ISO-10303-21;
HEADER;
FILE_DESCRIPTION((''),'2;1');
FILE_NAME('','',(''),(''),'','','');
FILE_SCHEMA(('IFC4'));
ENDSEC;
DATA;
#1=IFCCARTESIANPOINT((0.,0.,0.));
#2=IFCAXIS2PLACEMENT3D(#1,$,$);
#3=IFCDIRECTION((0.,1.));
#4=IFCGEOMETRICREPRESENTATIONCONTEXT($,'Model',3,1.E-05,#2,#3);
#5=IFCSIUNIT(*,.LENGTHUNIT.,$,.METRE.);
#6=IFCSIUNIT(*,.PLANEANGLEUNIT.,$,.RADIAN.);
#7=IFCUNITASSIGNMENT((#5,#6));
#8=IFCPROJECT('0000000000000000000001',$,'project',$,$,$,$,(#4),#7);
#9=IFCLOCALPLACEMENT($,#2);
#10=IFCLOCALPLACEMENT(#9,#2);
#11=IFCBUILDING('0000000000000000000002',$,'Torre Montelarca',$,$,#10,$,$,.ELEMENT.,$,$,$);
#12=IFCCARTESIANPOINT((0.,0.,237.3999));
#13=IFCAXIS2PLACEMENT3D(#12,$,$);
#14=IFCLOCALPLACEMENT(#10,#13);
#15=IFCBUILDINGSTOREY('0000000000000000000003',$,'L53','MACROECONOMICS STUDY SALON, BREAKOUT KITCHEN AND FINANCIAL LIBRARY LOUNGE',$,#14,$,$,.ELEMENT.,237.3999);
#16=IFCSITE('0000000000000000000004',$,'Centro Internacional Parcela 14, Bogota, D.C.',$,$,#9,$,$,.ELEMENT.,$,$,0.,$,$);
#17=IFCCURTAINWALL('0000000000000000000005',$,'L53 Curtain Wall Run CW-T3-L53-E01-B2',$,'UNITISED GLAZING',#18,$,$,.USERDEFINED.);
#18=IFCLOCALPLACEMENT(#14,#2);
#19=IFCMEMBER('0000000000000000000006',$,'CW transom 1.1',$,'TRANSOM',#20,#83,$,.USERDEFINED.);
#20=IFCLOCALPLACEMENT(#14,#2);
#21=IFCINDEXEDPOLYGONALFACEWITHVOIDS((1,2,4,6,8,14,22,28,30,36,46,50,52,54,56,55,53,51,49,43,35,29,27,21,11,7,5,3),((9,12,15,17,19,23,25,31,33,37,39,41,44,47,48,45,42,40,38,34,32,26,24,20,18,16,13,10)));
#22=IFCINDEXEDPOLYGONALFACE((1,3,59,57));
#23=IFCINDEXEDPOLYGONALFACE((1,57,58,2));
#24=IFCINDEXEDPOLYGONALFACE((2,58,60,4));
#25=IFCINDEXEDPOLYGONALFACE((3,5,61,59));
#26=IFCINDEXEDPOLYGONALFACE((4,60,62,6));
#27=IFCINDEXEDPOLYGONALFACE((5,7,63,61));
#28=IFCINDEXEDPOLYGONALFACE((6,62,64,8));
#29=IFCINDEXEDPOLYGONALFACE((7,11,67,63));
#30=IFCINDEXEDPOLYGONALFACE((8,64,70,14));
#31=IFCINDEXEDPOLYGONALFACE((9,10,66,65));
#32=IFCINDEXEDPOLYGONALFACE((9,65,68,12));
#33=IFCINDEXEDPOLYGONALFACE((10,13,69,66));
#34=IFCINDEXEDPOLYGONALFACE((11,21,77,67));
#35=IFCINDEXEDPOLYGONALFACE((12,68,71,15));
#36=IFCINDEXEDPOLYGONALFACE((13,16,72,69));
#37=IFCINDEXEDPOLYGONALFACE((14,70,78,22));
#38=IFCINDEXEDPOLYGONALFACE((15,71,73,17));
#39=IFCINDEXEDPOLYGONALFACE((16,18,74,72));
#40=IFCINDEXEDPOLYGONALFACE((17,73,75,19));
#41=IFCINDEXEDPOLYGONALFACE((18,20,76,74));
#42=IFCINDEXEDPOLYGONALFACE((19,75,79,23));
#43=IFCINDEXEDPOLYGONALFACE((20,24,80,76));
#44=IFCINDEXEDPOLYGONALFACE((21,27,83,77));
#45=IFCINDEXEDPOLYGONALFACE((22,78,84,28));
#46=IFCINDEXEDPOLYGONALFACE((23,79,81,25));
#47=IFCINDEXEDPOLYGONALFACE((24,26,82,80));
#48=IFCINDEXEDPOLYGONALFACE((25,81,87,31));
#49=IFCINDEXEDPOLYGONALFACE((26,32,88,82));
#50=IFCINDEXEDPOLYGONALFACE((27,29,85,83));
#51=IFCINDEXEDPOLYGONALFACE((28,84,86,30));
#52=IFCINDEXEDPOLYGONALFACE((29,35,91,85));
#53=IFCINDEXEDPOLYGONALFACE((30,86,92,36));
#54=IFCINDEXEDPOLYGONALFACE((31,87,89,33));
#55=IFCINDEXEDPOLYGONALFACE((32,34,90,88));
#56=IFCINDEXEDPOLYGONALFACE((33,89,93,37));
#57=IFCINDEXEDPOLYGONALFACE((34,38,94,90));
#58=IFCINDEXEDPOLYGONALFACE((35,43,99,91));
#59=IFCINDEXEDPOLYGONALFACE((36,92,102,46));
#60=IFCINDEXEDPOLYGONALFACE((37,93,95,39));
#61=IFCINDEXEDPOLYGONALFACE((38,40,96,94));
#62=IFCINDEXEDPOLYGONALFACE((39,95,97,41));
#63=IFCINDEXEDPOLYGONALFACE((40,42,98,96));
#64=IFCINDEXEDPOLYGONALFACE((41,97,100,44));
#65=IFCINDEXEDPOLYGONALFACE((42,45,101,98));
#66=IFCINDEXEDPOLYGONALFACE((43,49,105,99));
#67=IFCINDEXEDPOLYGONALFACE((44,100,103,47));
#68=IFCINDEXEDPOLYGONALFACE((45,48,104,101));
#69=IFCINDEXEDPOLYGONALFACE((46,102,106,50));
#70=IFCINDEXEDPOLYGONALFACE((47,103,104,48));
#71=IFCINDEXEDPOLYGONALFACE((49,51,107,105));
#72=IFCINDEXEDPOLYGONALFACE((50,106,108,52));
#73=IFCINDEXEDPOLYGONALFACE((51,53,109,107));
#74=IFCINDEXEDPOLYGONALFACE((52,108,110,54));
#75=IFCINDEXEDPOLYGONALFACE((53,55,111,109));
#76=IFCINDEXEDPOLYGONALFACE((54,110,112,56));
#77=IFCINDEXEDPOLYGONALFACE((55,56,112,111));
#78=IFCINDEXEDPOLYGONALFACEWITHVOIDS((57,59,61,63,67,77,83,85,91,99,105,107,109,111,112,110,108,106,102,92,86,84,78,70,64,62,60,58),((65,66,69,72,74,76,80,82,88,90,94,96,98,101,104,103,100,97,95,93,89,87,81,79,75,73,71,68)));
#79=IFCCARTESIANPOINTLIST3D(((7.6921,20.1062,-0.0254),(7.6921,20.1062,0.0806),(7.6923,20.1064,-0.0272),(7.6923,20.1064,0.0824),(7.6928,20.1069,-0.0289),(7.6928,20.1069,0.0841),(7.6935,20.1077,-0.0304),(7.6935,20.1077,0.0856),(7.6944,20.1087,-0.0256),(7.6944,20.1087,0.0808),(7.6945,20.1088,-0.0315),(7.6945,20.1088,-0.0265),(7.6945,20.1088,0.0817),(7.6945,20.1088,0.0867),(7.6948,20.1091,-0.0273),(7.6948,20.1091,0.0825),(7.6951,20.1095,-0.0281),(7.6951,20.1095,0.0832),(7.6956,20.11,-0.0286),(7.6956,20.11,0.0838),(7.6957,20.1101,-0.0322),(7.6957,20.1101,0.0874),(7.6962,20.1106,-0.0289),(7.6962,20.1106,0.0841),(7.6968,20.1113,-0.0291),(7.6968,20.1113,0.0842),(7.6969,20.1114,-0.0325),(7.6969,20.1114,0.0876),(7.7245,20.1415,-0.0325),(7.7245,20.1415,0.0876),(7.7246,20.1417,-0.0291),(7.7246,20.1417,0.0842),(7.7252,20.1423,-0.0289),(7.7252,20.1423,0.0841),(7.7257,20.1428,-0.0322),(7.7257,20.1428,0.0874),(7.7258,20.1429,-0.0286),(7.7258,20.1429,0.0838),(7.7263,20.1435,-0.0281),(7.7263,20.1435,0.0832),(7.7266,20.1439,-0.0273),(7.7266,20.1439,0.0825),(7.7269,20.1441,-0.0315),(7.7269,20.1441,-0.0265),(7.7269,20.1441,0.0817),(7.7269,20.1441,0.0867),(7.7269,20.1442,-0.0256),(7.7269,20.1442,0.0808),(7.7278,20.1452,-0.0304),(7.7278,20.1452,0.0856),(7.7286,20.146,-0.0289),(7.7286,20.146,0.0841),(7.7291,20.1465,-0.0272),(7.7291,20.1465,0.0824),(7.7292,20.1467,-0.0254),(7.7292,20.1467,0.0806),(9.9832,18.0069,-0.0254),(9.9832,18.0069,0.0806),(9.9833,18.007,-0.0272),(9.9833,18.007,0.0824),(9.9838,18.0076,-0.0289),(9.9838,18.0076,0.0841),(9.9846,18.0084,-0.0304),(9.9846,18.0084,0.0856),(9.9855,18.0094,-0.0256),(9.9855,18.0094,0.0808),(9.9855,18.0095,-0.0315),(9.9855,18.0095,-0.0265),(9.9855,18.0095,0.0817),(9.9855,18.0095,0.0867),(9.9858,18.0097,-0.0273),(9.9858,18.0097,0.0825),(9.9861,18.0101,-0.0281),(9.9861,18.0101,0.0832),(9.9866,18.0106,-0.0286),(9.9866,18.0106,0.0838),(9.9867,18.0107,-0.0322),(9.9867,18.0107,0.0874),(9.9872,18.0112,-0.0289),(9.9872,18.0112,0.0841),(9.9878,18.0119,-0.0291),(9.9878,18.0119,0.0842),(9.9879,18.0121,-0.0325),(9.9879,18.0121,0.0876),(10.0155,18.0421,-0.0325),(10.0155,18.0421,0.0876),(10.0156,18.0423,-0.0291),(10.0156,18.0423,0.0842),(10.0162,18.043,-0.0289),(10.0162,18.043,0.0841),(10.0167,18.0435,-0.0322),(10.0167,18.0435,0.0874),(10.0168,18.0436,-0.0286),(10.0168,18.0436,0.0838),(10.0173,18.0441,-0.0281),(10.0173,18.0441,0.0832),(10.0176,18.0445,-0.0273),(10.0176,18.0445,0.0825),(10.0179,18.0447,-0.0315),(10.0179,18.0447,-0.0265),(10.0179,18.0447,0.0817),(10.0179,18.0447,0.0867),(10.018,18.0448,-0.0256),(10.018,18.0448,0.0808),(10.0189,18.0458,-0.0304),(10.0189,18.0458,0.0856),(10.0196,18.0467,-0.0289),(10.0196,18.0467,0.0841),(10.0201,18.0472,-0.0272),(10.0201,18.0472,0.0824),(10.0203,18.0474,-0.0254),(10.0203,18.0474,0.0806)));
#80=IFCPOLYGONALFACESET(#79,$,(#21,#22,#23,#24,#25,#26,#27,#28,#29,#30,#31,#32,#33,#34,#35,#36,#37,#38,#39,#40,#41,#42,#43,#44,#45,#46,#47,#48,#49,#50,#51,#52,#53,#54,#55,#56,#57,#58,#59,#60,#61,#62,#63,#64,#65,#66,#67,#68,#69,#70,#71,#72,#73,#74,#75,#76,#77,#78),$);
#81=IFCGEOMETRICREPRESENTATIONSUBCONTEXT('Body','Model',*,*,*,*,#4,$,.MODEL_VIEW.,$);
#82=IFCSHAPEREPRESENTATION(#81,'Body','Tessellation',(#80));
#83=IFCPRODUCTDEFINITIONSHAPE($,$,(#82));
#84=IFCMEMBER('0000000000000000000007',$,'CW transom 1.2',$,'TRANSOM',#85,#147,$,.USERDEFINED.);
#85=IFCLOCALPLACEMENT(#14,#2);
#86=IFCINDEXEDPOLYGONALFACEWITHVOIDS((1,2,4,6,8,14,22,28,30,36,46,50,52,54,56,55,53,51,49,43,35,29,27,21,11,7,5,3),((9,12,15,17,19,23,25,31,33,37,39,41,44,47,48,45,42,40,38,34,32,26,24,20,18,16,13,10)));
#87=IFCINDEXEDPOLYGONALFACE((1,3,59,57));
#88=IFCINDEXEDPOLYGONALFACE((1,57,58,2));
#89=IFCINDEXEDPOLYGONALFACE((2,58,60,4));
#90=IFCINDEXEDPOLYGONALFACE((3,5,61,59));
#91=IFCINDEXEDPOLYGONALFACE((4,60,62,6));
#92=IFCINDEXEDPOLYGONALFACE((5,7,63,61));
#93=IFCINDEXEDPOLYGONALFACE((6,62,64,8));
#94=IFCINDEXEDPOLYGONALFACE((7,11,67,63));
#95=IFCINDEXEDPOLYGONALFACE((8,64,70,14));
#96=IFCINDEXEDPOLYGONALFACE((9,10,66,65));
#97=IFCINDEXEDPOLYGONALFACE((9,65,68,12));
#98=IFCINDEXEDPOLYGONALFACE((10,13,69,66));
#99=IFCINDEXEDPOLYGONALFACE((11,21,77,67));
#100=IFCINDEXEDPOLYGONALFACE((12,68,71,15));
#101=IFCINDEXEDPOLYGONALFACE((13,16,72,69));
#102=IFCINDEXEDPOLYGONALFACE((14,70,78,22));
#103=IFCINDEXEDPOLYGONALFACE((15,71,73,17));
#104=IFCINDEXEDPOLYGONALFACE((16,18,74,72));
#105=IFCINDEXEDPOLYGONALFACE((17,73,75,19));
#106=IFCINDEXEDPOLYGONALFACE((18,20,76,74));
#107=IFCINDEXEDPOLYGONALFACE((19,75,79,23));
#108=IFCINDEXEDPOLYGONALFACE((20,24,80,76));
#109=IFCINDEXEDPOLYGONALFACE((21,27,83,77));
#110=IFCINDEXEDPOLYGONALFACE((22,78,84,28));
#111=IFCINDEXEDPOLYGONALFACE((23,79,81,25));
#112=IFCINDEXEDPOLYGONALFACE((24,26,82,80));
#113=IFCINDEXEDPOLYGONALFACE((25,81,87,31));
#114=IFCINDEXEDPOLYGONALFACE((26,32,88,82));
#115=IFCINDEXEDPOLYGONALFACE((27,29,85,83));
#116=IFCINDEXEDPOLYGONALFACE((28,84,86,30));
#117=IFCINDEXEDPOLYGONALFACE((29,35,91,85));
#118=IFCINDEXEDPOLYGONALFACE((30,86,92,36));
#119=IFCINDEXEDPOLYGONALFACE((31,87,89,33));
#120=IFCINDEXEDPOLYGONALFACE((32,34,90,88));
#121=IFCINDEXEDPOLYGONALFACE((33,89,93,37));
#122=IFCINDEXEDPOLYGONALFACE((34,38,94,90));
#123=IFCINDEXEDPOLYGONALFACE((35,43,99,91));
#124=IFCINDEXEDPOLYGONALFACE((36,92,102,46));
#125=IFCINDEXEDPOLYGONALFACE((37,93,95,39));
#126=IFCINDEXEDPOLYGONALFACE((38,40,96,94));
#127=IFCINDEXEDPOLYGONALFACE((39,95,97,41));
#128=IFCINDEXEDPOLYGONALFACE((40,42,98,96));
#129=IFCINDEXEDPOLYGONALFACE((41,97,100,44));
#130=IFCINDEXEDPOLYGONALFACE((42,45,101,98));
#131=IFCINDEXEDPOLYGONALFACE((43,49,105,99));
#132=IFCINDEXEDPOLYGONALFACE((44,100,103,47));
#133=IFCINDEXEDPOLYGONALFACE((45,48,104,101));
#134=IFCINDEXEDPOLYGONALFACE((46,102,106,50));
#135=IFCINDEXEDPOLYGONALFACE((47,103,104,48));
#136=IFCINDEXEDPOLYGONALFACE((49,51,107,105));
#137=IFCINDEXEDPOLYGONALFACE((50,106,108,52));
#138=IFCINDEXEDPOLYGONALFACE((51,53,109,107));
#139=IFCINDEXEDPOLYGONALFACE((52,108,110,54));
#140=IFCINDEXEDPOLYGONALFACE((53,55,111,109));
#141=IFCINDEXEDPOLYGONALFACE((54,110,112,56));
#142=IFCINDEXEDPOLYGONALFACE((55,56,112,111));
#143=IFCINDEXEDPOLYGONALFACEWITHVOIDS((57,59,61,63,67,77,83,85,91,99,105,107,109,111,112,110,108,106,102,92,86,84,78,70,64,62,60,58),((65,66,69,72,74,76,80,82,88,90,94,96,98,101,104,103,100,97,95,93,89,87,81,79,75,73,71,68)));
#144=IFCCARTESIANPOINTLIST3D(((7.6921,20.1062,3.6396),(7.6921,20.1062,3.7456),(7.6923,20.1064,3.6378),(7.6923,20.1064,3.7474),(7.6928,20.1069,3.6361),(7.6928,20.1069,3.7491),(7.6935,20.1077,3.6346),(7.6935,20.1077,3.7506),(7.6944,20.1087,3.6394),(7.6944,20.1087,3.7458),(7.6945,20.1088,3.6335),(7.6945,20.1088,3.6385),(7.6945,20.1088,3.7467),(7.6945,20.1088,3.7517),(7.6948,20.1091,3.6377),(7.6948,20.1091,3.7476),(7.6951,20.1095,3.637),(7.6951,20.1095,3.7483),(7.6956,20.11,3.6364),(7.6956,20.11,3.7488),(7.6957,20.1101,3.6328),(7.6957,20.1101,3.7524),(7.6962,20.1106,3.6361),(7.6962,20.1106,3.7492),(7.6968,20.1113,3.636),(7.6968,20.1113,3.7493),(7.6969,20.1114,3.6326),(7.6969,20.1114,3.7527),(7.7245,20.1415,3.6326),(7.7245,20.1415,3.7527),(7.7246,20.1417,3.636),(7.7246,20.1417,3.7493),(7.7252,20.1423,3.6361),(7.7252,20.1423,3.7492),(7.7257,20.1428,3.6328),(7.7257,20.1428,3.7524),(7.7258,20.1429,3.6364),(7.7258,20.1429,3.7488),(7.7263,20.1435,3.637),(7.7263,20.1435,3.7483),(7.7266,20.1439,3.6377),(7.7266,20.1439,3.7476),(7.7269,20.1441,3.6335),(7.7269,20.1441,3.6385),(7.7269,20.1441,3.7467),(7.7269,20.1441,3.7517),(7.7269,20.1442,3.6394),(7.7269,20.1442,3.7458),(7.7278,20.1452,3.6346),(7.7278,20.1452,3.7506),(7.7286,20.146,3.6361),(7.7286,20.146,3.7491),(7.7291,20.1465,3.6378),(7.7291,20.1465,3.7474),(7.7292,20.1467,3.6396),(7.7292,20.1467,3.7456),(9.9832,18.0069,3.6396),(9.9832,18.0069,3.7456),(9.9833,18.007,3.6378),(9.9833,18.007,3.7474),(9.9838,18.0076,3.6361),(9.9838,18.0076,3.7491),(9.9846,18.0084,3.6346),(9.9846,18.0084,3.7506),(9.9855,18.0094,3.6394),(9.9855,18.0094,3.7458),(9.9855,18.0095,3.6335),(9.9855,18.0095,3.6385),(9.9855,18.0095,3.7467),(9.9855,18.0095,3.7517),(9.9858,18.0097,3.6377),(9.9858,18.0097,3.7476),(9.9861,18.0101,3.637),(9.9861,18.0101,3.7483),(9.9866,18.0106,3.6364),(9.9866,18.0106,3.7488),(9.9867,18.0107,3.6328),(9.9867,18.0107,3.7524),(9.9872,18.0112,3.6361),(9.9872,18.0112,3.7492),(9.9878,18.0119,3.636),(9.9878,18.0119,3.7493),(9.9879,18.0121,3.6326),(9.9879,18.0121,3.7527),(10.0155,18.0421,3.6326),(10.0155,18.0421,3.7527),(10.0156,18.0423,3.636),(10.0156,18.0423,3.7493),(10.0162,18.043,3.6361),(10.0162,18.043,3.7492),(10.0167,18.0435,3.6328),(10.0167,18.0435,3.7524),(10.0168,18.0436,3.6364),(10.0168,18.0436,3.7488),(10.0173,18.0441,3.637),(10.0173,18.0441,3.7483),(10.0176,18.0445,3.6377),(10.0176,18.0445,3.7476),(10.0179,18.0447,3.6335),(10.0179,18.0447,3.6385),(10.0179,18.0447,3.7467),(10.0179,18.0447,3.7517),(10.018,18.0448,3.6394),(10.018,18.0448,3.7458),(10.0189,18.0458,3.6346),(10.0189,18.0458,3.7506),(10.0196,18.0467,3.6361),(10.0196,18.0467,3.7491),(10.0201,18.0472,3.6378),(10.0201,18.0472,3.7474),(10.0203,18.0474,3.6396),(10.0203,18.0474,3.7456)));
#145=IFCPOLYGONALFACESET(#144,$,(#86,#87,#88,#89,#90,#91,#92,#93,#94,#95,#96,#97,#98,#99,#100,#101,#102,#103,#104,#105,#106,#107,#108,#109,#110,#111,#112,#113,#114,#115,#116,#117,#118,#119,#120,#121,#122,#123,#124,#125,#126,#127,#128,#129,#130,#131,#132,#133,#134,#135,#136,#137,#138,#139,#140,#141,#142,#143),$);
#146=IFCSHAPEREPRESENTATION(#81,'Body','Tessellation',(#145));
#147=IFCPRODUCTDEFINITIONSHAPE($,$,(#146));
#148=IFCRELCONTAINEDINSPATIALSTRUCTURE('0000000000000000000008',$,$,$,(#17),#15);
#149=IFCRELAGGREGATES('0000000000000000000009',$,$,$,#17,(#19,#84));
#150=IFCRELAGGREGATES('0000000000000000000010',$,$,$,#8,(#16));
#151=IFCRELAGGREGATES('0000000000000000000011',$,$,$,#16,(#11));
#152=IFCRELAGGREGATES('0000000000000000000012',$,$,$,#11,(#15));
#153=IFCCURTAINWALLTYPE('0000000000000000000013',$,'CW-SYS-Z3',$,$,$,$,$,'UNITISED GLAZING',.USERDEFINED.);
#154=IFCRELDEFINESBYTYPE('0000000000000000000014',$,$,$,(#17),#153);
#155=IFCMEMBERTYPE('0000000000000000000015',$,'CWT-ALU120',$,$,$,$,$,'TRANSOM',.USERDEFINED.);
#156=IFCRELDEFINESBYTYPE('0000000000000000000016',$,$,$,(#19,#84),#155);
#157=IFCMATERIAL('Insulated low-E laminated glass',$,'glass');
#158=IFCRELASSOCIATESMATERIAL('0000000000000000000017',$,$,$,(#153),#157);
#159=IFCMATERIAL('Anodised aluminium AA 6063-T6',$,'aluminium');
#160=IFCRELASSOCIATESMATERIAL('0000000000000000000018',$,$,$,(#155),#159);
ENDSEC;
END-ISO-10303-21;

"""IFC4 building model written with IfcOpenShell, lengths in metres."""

from ifc_helpers import new_model, si_unit, direction, frame, origin, origin_2d, place, context, subcontext, project, spatial, hollow_rectangle, extrude, source, transform, mapped, material, material_profile, profile_set, type_object, element, aggregate, save


model = new_model("IFC4")

# Units and contexts
model_context = context("Model", 3, precision=1e-05, world=origin(), true_north=direction((0.0, 1.0)))
body_context = subcontext(model_context, "Body", "Model", "MODEL_VIEW")
ifc_project = project(units=[si_unit("LENGTHUNIT", "METRE"), si_unit("PLANEANGLEUNIT", "RADIAN")], contexts=[model_context])

# Site, building, storey
site_placement = place(None, origin())
site = spatial("IfcSite", under=ifc_project, at=site_placement, Name="Centro Internacional Parcela 14, Bogota, D.C.", CompositionType="ELEMENT", RefElevation=0.0)
building_placement = place(site_placement, origin())
building = spatial("IfcBuilding", under=site, at=building_placement, Name="Torre Montelarca", CompositionType="ELEMENT")
storey_placement = place(building_placement, frame((0.0, 0.0, 237.3999)))
storey = spatial("IfcBuildingStorey", under=building, at=storey_placement, Name="L53", Description="MACROECONOMICS STUDY SALON, BREAKOUT KITCHEN AND FINANCIAL LIBRARY LOUNGE", CompositionType="ELEMENT", Elevation=237.3999)

# Curtain wall, members
ifc_material_1 = material(Name="Insulated low-E laminated glass", Category="glass")
curtain_wall_type = type_object("IfcCurtainWallType", Name="CW-SYS-Z3", ElementType="UNITISED GLAZING", PredefinedType="USERDEFINED", material=ifc_material_1)
ifc_material_2 = material(Name="Anodised aluminium AA 6063-T6", Category="aluminium")
ifc_material_profile_1 = material_profile(ifc_material_2, hollow_rectangle(XDim=0.0549, YDim=0.1201, WallThickness=0.0034, InnerFilletRadius=0.0034, OuterFilletRadius=0.0071, at=origin_2d()), Name="ALU55X120X3.5", Category="aluminium")
ifc_profile_set_1 = profile_set([ifc_material_profile_1], Name="Anodised aluminium AA 6063-T6")
member_type_1 = type_object("IfcMemberType", Name="CWT-ALU120", ElementType="TRANSOM", PredefinedType="USERDEFINED", material=ifc_profile_set_1)
curtain_wall_1_placement = place(storey_placement, origin())
curtain_wall_1 = element("IfcCurtainWall", 1, at=curtain_wall_1_placement, inside=storey, type_object=curtain_wall_type, Name="L53 Curtain Wall Run CW-T3-L53-E01-B2", ObjectType="UNITISED GLAZING", PredefinedType="USERDEFINED")
shared_shape_1 = source(origin(), body_context, "Body", "SweptSolid", [
    extrude(hollow_rectangle(XDim=0.0549, YDim=0.1201, WallThickness=0.0034, InnerFilletRadius=0.0034, OuterFilletRadius=0.0071, at=origin_2d()), origin(), (0.0, 0.0, 1.0), 3.1074),
])
member_1_placement = place(storey_placement, frame((7.7107, 20.1265, 0.0276), z_axis=(0.737272, -0.675597, 0.0), x_axis=(0.675597, 0.737272, 0.0)))
member_1 = element("IfcMember", 2, at=member_1_placement, type_object=member_type_1, Name="CW transom 1.1", ObjectType="TRANSOM", PredefinedType="USERDEFINED", context=body_context, shape_type="MappedRepresentation", body=[
    mapped(shared_shape_1, transform((0.0, 0.0, 0.0), scale=1.0)),
])
member_2_placement = place(storey_placement, frame((7.7107, 20.1265, 3.6926), z_axis=(0.737272, -0.675597, 0.0), x_axis=(0.675597, 0.737272, 0.0)))
member_2 = element("IfcMember", 3, at=member_2_placement, type_object=member_type_1, Name="CW transom 1.2", ObjectType="TRANSOM", PredefinedType="USERDEFINED", context=body_context, shape_type="MappedRepresentation", body=[
    mapped(shared_shape_1, transform((0.0, 0.0, 0.0), scale=1.0)),
])

aggregate(curtain_wall_1, [member_1, member_2])

save(model, "model.ifc")
